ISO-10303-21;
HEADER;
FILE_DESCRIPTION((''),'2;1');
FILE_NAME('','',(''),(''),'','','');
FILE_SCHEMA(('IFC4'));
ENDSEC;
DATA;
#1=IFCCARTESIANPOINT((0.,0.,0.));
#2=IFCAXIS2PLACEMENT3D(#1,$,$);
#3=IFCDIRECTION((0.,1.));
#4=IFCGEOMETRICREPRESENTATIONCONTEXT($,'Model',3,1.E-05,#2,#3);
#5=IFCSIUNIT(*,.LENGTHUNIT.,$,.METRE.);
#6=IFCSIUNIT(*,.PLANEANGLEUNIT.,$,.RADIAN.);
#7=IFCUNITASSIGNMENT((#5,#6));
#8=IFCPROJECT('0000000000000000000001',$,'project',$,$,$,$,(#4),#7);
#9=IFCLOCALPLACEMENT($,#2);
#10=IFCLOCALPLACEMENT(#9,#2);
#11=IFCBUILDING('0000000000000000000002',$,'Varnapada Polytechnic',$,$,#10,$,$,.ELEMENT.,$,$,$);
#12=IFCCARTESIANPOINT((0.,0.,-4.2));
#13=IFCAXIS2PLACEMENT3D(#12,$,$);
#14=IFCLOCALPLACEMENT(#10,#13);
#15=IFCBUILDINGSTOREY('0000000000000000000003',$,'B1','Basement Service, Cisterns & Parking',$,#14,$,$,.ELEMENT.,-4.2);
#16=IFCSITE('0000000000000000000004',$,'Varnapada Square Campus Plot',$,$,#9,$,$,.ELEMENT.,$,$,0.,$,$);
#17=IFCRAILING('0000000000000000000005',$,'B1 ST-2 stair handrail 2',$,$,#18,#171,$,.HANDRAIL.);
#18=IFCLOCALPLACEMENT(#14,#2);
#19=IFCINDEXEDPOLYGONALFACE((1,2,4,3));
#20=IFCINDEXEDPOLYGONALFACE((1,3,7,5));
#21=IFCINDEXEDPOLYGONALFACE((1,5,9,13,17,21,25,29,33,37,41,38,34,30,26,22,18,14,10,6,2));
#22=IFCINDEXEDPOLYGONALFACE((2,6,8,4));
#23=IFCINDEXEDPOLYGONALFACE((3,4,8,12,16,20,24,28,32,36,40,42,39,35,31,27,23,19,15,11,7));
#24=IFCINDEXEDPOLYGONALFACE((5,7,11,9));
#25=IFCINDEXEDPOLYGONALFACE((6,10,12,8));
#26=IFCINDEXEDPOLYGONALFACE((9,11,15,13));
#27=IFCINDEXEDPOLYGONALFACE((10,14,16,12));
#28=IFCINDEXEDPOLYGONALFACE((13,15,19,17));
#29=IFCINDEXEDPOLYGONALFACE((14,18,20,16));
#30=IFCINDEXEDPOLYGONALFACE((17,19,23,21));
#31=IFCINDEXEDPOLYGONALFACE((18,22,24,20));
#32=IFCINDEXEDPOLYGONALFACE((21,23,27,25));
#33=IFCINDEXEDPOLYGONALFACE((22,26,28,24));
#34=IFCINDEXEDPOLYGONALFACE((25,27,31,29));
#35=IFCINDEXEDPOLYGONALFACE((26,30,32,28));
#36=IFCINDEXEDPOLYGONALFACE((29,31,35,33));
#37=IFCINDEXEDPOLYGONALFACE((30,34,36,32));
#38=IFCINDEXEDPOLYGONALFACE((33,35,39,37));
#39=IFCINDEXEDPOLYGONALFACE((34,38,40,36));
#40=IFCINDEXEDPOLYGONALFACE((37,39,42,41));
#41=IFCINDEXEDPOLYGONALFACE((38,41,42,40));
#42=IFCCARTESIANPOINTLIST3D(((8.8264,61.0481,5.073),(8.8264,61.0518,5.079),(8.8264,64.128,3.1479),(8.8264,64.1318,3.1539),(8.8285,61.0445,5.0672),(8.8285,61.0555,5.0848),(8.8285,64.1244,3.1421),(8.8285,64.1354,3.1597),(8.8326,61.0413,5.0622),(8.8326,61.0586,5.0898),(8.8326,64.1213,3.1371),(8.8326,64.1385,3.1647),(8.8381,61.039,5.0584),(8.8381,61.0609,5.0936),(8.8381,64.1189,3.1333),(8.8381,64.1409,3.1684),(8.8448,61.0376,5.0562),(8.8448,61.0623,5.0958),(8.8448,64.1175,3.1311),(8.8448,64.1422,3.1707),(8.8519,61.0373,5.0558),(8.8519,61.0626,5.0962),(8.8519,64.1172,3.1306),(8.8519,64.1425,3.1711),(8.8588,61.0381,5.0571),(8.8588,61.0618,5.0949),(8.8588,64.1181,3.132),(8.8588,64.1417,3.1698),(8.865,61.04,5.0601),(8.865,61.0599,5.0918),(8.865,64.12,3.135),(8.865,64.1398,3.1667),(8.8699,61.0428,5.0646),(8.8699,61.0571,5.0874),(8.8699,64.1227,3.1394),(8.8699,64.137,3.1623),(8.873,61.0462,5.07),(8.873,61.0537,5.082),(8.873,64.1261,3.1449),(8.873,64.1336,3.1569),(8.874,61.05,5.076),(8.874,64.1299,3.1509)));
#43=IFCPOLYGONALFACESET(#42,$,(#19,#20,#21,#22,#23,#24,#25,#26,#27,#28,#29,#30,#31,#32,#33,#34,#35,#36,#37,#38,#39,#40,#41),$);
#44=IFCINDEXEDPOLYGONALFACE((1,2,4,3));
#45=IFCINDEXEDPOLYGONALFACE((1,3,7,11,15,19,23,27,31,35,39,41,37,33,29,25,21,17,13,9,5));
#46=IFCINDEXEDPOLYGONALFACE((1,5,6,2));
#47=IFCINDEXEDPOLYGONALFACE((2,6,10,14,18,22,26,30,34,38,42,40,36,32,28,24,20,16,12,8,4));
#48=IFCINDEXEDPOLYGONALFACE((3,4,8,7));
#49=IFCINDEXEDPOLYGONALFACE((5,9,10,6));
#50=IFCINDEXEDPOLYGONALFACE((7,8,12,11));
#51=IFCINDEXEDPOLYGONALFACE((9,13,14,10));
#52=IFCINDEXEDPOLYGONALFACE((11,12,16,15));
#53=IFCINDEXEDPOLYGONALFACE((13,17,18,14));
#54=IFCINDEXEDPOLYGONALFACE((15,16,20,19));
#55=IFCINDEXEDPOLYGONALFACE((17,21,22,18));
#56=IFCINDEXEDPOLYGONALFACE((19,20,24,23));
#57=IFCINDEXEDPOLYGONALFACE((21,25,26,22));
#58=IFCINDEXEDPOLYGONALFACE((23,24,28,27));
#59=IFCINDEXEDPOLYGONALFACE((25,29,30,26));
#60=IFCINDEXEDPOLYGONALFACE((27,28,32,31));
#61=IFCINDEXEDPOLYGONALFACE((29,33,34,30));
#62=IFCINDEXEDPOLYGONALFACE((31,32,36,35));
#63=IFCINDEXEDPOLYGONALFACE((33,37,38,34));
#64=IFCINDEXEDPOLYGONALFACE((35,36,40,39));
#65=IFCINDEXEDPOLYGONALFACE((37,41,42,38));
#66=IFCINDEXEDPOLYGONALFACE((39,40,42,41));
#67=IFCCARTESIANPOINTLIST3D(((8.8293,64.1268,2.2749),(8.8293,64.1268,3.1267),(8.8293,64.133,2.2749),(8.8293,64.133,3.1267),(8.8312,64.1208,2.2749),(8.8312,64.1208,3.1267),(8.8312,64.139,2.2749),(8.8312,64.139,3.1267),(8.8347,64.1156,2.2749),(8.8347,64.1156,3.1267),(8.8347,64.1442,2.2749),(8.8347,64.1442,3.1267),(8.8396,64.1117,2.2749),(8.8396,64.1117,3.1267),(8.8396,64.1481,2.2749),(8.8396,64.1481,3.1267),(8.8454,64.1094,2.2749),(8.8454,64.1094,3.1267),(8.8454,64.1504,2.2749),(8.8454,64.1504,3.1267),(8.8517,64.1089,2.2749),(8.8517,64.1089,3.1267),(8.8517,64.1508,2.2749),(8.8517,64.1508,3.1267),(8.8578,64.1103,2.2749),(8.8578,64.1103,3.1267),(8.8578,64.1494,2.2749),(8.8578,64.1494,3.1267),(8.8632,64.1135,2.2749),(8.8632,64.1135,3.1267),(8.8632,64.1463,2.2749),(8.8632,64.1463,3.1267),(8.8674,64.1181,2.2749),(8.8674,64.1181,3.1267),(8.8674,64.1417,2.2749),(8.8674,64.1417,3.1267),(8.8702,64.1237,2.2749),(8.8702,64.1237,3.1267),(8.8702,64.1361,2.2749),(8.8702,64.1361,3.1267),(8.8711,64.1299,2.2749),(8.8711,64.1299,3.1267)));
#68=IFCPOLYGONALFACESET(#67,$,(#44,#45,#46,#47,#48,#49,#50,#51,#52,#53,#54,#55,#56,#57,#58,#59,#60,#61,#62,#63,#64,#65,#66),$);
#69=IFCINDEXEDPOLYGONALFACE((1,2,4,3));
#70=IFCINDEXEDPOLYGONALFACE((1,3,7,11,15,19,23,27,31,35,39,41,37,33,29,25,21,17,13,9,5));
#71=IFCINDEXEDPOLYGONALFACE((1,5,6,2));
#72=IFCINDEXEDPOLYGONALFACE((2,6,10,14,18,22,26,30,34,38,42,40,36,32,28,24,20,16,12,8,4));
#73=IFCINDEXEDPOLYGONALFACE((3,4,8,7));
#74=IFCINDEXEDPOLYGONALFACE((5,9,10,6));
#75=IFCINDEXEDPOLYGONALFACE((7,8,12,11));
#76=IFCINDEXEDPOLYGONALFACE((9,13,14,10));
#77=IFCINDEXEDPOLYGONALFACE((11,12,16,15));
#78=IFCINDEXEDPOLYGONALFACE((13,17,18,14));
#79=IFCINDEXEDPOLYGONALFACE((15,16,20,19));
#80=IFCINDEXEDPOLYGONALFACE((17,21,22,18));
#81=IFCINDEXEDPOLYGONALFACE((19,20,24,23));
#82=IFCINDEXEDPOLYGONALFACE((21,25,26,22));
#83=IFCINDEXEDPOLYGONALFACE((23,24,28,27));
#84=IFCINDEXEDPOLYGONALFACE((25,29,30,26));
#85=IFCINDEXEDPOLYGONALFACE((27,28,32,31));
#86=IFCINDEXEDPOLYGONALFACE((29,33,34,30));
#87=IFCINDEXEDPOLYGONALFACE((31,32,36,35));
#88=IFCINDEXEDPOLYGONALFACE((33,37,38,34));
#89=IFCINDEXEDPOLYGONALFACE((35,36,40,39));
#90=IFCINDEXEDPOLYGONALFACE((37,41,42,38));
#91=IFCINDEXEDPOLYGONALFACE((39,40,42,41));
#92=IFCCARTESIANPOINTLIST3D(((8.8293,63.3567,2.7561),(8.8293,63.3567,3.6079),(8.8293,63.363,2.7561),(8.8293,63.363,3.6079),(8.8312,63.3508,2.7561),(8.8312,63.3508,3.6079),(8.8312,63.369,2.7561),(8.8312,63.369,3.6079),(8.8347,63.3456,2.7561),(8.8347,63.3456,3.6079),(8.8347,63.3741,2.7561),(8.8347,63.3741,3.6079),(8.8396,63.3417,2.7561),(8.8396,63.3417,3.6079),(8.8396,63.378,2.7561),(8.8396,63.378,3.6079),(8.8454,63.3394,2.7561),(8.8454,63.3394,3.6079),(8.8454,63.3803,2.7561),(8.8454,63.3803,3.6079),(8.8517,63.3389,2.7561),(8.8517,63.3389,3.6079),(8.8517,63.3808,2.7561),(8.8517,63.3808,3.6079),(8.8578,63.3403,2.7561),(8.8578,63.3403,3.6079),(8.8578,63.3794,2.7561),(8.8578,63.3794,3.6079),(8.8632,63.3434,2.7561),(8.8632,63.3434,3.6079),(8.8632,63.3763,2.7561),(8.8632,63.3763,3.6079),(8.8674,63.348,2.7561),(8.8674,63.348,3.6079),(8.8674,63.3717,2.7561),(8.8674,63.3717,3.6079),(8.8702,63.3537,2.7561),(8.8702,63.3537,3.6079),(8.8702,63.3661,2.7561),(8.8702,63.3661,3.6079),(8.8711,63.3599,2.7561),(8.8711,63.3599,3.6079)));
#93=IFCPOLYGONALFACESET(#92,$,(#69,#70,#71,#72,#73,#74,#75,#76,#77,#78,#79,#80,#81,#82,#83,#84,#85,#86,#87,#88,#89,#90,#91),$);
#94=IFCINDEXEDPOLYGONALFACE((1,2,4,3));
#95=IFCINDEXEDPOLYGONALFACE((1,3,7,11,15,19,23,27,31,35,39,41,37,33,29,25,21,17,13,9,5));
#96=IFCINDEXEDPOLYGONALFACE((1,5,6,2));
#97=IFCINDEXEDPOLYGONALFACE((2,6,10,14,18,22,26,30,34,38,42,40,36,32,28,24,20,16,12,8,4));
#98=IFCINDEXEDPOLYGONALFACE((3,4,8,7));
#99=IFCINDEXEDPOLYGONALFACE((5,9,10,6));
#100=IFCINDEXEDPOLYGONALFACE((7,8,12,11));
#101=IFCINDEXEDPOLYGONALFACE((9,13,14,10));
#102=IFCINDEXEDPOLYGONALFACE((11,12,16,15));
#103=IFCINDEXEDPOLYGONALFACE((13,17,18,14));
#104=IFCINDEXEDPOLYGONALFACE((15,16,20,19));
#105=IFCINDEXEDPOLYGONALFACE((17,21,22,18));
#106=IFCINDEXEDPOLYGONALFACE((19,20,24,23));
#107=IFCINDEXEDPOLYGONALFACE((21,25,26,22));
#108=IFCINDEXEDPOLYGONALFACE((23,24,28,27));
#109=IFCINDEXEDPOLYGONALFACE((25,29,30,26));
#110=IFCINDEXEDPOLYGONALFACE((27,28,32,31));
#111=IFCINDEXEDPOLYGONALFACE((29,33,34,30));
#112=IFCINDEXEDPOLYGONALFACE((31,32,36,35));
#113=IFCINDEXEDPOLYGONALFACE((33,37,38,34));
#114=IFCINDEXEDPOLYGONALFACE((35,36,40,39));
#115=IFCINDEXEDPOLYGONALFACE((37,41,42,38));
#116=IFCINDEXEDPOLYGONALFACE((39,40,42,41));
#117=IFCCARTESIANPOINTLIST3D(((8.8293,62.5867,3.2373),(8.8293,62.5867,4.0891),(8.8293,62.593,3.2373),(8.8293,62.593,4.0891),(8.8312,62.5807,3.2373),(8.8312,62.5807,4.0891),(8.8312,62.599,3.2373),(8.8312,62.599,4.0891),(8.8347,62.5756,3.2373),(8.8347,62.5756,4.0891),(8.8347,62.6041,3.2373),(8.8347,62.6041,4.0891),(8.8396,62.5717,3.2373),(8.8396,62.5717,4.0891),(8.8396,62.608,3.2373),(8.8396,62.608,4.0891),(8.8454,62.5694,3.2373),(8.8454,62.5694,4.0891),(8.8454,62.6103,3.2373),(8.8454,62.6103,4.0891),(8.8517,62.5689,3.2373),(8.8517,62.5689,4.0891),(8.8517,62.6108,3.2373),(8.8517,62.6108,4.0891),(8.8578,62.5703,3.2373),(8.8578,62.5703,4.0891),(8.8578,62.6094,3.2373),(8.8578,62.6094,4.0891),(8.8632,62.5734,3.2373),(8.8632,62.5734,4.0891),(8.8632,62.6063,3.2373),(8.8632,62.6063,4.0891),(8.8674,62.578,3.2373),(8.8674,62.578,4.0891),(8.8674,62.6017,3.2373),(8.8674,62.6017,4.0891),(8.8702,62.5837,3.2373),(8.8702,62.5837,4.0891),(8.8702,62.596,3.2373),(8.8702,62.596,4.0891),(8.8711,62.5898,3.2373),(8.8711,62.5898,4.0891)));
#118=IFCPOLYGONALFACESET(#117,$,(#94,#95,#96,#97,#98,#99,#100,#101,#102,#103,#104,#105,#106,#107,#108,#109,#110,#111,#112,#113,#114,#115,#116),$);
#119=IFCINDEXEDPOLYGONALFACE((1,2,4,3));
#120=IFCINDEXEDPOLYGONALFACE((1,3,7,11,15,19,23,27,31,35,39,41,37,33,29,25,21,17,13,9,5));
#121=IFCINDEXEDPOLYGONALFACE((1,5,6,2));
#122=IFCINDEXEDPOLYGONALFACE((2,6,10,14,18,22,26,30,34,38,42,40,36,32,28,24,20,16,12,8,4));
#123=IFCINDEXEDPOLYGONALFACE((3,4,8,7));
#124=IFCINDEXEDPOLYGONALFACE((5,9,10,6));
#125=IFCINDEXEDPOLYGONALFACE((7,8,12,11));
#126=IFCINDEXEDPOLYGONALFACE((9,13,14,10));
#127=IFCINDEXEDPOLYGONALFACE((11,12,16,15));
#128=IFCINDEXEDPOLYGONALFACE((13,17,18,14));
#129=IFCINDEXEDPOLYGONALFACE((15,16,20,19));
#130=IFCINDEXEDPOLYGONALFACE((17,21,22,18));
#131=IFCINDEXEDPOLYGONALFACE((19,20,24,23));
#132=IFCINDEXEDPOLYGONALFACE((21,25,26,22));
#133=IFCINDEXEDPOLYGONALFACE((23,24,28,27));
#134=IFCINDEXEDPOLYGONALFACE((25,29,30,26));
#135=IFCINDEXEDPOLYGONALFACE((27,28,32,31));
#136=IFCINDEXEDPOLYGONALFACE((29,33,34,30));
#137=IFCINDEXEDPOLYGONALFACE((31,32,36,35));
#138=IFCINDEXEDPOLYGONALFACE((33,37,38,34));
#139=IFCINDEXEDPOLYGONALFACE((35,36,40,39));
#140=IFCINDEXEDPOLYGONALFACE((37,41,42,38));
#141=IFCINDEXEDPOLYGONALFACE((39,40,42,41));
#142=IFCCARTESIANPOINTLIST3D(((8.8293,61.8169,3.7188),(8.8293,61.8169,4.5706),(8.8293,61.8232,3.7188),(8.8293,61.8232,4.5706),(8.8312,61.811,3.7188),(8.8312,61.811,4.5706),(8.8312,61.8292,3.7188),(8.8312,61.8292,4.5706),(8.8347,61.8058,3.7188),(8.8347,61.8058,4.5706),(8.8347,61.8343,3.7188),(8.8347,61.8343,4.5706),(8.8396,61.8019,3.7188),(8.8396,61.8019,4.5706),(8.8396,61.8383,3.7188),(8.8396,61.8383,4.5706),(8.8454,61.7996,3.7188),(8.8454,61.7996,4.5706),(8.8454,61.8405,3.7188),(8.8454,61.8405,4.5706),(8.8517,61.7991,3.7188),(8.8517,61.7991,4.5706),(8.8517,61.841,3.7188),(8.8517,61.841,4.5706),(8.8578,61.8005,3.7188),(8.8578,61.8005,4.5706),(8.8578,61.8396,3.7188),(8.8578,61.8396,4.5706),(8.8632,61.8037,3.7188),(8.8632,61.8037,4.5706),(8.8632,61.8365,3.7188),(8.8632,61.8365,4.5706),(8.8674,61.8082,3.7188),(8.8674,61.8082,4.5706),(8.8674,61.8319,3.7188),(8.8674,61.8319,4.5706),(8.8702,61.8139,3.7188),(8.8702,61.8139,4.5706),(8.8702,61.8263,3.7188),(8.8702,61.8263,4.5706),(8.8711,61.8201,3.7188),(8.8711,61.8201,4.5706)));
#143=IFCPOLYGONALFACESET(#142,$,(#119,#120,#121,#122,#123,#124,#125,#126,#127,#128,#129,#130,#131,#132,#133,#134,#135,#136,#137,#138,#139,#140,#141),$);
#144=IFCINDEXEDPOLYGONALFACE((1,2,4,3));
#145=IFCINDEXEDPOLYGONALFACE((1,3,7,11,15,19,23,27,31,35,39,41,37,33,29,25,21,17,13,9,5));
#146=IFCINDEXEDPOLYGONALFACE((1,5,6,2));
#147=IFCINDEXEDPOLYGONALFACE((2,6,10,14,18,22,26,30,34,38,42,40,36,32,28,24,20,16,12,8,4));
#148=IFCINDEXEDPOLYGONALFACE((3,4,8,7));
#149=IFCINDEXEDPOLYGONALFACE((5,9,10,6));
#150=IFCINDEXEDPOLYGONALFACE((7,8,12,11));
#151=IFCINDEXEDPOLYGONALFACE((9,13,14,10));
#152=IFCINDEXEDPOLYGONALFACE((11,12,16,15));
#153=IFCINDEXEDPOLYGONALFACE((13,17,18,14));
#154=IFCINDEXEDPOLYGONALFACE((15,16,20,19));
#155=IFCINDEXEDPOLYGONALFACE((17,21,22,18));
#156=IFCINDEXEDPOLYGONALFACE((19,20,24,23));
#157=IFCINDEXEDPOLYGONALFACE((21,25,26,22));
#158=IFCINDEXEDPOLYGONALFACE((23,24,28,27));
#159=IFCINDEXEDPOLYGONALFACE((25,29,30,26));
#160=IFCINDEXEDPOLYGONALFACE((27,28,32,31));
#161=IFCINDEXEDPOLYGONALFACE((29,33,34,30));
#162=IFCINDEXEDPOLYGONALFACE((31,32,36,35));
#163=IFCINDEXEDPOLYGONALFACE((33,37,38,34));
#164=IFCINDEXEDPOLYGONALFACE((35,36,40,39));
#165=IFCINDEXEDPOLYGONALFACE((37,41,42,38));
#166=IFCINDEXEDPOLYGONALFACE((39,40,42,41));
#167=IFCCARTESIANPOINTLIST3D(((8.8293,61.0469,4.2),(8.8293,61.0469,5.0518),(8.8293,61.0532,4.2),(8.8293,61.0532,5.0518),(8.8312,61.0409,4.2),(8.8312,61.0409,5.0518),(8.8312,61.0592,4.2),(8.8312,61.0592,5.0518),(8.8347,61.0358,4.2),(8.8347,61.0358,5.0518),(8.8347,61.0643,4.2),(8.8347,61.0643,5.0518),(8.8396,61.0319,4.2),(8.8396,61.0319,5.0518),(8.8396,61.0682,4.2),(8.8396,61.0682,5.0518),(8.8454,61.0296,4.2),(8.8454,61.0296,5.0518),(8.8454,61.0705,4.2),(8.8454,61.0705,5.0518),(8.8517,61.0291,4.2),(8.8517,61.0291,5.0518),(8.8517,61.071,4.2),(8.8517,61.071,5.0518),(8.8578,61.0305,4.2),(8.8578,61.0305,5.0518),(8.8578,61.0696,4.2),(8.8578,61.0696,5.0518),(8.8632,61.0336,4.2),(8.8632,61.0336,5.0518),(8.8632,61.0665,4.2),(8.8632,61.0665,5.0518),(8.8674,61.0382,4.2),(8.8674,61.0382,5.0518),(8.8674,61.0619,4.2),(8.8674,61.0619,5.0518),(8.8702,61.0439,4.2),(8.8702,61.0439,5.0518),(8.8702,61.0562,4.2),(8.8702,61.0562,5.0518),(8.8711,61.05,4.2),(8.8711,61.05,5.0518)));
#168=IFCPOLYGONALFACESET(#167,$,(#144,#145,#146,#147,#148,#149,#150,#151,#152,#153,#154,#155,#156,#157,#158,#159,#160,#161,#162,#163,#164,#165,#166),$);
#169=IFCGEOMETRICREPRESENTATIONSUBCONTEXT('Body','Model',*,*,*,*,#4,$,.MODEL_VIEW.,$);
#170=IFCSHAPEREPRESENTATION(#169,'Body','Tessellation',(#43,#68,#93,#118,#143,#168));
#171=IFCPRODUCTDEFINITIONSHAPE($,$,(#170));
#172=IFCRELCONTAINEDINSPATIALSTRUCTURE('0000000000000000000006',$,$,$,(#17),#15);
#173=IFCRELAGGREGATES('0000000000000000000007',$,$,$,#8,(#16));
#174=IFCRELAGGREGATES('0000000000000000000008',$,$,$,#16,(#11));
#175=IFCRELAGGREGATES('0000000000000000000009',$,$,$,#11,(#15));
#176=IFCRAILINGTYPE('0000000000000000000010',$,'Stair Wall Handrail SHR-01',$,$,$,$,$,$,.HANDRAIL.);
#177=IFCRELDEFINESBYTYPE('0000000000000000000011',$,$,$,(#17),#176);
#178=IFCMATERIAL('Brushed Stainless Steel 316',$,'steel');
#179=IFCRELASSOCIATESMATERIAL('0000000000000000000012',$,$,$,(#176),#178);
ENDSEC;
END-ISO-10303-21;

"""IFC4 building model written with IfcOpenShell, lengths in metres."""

from ifc_helpers import new_model, si_unit, direction, frame, origin, origin_2d, place, context, subcontext, project, spatial, circle, extrude, material, type_object, element, save


model = new_model("IFC4")

# Units and contexts
model_context = context("Model", 3, precision=1e-05, world=origin(), true_north=direction((0.0, 1.0)))
body_context = subcontext(model_context, "Body", "Model", "MODEL_VIEW")
ifc_project = project(units=[si_unit("LENGTHUNIT", "METRE"), si_unit("PLANEANGLEUNIT", "RADIAN")], contexts=[model_context])

# Site, building, storey
site_placement = place(None, origin())
site = spatial("IfcSite", under=ifc_project, at=site_placement, Name="Varnapada Square Campus Plot", CompositionType="ELEMENT", RefElevation=0.0)
building_placement = place(site_placement, origin())
building = spatial("IfcBuilding", under=site, at=building_placement, Name="Varnapada Polytechnic", CompositionType="ELEMENT")
storey_placement = place(building_placement, frame((0.0, 0.0, -4.2)))
storey = spatial("IfcBuildingStorey", under=building, at=storey_placement, Name="B1", Description="Basement Service, Cisterns & Parking", CompositionType="ELEMENT", Elevation=-4.2)

# Shared definitions
ifc_material_1 = material(Name="Brushed Stainless Steel 316", Category="steel")

# Railing
railing_type_1 = type_object("IfcRailingType", Name="Stair Wall Handrail SHR-01", PredefinedType="HANDRAIL", material=ifc_material_1)
railing_1_placement = place(storey_placement, frame((8.8501, 64.1299, 2.2749)))
element("IfcRailing", 1, at=railing_1_placement, inside=storey, type_object=railing_type_1, Name="B1 ST-2 stair handrail 2", PredefinedType="HANDRAIL", context=body_context, shape_type="SweptSolid", body=[
    extrude(circle(Radius=0.0239, at=origin_2d()), frame((0.0, 0.0, 0.876), z_axis=(0.0, -0.847979, 0.530029), x_axis=(1.0, 0.0, 0.0)), (0.0, 0.0, 1.0), 3.6321),
    extrude(circle(Radius=0.021, at=origin_2d()), origin(), (0.0, 0.0, 1.0), 0.8518),
    extrude(circle(Radius=0.021, at=origin_2d()), frame((0.0, -0.77, 0.4812)), (0.0, 0.0, 1.0), 0.8518),
    extrude(circle(Radius=0.021, at=origin_2d()), frame((0.0, -1.54, 0.9624)), (0.0, 0.0, 1.0), 0.8518),
    extrude(circle(Radius=0.021, at=origin_2d()), frame((0.0, -2.3098, 1.4438)), (0.0, 0.0, 1.0), 0.8518),
    extrude(circle(Radius=0.021, at=origin_2d()), frame((0.0, -3.0798, 1.925)), (0.0, 0.0, 1.0), 0.8518),
])

save(model, "model.ifc")
